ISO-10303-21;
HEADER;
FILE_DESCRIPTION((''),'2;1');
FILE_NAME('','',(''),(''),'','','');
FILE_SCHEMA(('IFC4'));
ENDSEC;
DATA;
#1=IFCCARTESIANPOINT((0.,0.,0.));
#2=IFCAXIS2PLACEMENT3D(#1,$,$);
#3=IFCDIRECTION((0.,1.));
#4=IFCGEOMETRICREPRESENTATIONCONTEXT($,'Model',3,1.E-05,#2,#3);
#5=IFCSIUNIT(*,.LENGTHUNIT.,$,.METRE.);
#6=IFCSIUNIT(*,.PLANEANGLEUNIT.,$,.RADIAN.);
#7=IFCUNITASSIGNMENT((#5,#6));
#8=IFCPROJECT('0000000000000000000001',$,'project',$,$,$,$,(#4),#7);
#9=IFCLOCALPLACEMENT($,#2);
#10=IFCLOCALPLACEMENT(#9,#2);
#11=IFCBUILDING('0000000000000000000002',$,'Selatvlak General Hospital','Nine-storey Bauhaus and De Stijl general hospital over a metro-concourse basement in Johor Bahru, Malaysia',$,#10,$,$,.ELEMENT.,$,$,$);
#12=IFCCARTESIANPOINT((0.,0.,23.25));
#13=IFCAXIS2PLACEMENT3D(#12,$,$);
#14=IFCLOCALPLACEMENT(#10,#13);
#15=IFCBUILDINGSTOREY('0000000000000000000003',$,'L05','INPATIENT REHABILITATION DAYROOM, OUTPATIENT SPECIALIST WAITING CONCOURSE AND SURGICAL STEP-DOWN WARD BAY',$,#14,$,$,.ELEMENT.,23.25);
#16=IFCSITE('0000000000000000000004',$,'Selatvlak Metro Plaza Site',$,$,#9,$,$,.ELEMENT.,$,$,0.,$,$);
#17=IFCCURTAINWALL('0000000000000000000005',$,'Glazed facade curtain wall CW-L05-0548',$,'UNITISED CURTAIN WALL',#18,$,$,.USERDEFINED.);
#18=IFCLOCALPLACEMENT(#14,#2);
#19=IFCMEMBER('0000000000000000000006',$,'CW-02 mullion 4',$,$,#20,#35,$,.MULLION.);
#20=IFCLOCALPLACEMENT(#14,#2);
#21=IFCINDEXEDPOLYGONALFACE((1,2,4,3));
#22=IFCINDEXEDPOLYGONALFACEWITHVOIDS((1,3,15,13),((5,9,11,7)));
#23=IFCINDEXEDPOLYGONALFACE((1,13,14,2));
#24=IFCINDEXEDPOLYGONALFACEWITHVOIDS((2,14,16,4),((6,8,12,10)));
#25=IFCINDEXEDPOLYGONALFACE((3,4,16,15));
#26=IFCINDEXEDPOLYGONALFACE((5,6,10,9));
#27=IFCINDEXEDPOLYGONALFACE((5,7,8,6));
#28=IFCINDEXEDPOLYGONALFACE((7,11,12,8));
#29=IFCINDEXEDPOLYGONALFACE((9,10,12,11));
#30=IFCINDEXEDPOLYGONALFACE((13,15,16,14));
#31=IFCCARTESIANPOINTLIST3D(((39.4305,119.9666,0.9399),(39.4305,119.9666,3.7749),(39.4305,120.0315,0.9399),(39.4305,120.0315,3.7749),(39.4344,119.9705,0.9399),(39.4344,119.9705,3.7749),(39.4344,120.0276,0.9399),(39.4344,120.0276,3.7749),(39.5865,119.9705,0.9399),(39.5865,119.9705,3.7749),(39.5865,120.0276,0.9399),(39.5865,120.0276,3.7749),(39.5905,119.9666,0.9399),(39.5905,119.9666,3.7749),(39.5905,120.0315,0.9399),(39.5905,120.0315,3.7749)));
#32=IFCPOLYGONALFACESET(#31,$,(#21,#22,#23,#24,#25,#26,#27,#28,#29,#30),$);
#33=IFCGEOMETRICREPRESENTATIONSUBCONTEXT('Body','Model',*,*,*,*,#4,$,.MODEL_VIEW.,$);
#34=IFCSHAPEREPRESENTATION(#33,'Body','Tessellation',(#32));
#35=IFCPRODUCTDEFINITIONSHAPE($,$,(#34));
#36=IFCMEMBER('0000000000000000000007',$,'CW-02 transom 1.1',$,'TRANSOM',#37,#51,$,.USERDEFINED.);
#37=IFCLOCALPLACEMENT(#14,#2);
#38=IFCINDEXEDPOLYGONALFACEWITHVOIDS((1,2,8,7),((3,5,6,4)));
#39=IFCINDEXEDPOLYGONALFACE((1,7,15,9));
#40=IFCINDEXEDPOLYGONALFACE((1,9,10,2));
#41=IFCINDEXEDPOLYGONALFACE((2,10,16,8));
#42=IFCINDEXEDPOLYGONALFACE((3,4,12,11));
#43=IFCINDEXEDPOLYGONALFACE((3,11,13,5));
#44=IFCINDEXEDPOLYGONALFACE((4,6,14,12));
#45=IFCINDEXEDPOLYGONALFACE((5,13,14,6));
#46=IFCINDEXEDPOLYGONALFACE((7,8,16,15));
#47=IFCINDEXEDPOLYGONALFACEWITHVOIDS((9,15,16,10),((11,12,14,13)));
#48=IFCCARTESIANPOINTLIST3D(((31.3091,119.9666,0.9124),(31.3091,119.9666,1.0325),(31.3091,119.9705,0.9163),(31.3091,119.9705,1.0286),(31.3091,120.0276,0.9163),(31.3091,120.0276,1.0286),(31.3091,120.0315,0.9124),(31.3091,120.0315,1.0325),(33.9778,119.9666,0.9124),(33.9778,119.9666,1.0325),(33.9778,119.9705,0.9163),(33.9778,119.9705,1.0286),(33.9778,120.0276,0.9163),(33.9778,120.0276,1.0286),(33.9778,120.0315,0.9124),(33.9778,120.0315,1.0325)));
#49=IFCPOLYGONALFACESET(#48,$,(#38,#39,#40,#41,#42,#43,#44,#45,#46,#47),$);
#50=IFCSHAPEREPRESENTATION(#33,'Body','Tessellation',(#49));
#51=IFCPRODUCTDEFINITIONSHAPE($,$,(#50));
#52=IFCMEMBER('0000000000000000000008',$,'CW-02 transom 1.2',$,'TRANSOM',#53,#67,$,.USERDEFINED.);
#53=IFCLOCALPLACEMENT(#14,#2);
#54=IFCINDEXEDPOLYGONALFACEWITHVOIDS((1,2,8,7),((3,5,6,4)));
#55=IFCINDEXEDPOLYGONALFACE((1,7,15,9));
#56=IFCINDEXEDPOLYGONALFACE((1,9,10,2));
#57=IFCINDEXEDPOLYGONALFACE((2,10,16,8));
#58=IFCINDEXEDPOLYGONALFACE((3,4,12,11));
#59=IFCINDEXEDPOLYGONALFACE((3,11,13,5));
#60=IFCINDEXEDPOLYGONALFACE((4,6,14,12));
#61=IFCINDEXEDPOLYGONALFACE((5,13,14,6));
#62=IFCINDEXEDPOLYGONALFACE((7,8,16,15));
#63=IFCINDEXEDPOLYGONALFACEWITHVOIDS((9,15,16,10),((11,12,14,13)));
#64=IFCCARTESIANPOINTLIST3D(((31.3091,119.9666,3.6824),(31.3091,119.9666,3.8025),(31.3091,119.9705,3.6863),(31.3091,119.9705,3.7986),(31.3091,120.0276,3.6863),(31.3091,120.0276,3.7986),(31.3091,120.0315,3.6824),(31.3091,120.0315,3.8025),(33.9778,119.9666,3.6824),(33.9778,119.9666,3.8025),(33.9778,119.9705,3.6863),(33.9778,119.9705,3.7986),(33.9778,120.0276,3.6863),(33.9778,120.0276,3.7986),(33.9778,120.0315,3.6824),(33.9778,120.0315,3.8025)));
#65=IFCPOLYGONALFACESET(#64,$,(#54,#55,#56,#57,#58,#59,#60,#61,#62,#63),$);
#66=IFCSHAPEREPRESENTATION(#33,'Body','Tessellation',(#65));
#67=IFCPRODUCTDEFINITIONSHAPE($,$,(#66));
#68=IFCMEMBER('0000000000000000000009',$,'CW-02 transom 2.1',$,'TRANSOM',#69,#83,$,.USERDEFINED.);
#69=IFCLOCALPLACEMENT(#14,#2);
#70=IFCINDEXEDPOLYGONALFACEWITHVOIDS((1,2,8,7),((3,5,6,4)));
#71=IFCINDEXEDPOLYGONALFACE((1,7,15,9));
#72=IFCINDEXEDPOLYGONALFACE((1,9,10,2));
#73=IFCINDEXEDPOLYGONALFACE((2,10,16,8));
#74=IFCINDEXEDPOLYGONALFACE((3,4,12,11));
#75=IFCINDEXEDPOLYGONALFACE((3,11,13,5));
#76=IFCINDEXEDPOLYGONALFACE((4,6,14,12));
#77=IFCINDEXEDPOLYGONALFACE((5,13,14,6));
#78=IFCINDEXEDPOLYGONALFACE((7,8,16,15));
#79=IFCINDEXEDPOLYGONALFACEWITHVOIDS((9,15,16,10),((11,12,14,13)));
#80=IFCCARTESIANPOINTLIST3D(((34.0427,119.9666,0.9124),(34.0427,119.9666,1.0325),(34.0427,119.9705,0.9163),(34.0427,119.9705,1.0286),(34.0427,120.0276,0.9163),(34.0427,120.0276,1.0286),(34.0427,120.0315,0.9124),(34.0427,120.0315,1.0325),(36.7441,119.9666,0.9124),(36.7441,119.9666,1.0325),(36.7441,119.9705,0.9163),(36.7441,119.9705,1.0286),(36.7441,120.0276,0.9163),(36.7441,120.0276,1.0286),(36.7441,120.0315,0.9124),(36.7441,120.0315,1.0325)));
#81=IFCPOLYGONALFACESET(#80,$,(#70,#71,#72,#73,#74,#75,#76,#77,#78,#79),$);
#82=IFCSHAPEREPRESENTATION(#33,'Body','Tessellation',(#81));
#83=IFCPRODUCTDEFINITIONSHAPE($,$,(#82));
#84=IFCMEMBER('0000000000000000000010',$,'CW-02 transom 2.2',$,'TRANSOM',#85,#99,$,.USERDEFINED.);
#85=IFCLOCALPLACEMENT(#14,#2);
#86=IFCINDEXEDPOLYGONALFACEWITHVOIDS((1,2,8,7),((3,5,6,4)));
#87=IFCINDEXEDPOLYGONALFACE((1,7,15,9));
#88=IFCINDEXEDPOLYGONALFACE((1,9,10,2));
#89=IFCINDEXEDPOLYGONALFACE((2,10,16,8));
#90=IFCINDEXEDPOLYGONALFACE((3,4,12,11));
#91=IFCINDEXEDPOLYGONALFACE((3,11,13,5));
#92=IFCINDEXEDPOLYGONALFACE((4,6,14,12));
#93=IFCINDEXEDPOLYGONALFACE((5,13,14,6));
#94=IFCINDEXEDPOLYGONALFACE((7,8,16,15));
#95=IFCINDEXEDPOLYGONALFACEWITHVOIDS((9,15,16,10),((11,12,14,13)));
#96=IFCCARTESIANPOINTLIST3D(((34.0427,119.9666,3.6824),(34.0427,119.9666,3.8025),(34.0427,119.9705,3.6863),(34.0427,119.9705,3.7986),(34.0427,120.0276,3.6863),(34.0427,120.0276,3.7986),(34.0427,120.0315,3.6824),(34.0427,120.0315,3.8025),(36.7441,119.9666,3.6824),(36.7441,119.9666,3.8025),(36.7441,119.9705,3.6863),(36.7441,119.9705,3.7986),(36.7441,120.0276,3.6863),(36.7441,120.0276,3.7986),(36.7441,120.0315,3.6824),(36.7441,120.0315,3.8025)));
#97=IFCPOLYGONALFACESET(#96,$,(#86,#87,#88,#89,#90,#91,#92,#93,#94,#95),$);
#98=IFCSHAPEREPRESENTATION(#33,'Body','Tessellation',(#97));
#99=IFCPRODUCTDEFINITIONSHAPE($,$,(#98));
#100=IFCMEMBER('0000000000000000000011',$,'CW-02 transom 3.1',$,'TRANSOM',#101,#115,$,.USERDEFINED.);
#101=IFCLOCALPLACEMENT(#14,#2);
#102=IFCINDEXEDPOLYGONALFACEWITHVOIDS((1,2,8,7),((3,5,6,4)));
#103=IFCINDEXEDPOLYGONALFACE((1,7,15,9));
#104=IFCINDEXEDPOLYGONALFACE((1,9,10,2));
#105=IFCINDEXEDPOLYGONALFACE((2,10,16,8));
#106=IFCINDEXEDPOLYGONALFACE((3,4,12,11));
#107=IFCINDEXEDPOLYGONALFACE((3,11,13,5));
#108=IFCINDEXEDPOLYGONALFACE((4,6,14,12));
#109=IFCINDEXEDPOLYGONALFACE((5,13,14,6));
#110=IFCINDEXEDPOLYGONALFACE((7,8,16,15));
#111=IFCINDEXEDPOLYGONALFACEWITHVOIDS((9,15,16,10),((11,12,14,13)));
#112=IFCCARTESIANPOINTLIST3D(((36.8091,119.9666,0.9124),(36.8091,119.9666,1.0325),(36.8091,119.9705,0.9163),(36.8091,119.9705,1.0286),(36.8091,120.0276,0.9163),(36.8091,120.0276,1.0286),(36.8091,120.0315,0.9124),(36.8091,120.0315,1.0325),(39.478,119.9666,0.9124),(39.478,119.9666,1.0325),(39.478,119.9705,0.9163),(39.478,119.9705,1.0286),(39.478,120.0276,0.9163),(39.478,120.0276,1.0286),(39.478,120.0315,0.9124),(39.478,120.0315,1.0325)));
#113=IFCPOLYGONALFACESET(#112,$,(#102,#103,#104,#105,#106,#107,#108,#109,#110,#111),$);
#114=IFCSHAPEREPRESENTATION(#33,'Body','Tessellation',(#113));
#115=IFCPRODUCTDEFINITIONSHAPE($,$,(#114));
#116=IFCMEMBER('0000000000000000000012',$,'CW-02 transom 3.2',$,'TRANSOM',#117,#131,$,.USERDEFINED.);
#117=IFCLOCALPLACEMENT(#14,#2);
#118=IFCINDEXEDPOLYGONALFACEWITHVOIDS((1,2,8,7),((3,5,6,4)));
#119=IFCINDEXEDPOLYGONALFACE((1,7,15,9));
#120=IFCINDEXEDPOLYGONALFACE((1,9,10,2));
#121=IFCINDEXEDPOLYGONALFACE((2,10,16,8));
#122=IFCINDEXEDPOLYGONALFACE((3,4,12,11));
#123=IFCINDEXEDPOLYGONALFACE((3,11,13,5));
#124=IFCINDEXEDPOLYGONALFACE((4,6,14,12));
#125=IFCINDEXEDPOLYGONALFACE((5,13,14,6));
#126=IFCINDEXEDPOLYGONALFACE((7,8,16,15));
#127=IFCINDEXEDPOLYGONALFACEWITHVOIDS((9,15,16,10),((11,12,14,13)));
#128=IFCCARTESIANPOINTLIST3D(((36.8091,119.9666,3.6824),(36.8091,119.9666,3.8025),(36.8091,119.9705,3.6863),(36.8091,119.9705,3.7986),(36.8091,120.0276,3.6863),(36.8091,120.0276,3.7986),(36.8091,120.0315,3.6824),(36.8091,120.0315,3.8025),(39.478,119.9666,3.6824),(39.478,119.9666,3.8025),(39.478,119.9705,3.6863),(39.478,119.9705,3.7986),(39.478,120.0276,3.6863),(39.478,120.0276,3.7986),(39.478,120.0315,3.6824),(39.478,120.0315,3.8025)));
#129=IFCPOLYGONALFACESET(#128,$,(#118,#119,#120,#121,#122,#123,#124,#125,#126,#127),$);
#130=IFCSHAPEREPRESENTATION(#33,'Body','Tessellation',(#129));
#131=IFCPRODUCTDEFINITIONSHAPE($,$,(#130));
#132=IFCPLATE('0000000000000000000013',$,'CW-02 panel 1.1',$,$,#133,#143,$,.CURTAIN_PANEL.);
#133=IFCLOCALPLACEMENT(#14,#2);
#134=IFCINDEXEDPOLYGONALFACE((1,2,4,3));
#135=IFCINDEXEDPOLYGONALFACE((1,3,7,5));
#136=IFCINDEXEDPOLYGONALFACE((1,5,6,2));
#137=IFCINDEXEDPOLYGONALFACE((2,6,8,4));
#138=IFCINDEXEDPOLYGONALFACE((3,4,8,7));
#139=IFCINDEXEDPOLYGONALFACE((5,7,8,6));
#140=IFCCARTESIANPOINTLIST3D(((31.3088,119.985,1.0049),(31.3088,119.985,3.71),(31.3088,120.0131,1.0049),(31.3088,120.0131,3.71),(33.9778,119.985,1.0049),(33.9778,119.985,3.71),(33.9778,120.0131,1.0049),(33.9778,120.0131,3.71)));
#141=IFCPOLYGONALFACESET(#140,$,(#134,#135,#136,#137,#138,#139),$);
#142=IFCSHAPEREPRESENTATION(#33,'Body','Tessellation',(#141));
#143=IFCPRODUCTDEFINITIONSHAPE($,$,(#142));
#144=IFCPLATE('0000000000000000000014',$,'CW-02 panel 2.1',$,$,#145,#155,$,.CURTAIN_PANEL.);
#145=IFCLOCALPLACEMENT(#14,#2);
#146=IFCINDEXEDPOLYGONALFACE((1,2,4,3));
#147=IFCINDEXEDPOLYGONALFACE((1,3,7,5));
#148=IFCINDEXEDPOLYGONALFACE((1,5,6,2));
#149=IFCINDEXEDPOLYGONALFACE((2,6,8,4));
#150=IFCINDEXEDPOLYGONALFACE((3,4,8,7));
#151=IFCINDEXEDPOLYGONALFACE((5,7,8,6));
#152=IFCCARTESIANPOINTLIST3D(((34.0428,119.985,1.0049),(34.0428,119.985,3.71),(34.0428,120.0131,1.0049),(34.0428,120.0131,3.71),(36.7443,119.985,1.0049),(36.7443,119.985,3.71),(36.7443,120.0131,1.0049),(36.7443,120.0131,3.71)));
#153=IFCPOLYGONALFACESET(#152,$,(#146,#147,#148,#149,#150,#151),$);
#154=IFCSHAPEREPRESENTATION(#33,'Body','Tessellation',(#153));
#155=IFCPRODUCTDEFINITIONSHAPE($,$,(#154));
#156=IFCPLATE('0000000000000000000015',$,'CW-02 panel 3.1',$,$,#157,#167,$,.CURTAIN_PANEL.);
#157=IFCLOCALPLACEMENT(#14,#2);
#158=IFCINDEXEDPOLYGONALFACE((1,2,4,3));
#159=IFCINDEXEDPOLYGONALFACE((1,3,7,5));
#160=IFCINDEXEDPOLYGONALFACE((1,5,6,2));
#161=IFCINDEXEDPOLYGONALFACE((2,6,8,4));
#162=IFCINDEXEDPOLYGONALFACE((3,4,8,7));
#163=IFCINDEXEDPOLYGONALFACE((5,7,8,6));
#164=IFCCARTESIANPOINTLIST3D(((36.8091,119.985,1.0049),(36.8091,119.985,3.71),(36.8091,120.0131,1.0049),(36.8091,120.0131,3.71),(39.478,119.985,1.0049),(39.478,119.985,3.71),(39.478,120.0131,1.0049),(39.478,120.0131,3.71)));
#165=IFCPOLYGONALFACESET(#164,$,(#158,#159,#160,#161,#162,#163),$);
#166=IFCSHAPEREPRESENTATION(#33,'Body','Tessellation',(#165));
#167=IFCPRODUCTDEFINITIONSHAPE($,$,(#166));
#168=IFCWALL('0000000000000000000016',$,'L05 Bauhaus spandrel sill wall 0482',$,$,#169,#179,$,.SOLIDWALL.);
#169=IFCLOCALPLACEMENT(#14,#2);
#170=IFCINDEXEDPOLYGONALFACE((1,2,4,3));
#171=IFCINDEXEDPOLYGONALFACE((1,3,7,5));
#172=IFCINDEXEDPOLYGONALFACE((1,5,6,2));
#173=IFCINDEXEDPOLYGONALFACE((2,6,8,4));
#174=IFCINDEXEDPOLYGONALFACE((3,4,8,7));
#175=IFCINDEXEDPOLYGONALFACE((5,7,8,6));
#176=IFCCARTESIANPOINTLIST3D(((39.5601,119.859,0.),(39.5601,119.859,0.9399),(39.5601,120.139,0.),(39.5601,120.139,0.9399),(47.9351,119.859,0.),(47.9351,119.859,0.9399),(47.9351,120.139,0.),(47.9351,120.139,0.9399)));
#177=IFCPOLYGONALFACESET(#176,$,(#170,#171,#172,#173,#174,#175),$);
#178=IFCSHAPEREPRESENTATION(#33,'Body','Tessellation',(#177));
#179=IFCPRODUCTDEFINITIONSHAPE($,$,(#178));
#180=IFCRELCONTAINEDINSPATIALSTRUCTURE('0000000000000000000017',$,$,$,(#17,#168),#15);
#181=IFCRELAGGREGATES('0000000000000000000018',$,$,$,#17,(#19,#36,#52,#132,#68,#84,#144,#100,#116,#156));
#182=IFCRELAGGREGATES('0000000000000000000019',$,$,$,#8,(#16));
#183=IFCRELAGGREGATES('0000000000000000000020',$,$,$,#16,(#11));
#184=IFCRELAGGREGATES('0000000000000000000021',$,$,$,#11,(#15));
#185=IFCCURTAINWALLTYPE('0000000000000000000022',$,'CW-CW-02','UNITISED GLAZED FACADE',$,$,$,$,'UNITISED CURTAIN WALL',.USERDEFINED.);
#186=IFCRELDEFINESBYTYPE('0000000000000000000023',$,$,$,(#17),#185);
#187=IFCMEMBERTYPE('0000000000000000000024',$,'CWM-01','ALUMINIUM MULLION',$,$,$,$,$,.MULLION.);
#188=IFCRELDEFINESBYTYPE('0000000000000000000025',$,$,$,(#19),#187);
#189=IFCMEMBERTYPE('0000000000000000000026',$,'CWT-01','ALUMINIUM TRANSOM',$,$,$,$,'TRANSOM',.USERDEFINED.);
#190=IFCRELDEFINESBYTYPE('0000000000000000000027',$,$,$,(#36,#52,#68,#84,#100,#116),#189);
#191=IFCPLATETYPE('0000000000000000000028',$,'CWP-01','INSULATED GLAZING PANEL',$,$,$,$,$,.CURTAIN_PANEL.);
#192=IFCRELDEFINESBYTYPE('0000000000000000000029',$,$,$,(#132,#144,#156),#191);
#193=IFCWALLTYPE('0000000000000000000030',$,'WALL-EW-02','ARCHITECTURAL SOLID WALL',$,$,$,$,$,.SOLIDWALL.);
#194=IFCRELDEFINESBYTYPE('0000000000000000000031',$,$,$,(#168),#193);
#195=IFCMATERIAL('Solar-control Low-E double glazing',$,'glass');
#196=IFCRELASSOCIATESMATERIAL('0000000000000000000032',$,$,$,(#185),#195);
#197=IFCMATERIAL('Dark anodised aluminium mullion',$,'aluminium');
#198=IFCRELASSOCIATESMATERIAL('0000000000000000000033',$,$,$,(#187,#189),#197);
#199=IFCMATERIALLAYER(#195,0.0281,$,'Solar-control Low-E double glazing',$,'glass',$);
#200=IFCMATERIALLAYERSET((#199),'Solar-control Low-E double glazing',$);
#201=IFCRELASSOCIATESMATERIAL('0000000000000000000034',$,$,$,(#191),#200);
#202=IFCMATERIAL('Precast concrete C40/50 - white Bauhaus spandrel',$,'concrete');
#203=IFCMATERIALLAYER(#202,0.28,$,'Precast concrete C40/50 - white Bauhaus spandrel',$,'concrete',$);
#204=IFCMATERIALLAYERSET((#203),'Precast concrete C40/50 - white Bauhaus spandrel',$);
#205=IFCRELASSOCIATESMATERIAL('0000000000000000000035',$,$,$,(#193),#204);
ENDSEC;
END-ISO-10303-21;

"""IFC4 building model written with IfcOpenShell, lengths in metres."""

from ifc_helpers import new_model, si_unit, direction, frame, frame_2d, origin, origin_2d, place, context, subcontext, project, spatial, rectangle, hollow_rectangle, extrude, material, layer, layer_set, material_profile, profile_set, type_object, element, aggregate, save


model = new_model("IFC4")

# Units and contexts
model_context = context("Model", 3, precision=1e-05, world=origin(), true_north=direction((0.0, 1.0)))
body_context = subcontext(model_context, "Body", "Model", "MODEL_VIEW")
ifc_project = project(units=[si_unit("LENGTHUNIT", "METRE"), si_unit("PLANEANGLEUNIT", "RADIAN")], contexts=[model_context])

# Site, building, storey
site_placement = place(None, origin())
site = spatial("IfcSite", under=ifc_project, at=site_placement, Name="Selatvlak Metro Plaza Site", CompositionType="ELEMENT", RefElevation=0.0)
building_placement = place(site_placement, origin())
building = spatial("IfcBuilding", under=site, at=building_placement, Name="Selatvlak General Hospital", Description="Nine-storey Bauhaus and De Stijl general hospital over a metro-concourse basement in Johor Bahru, Malaysia", CompositionType="ELEMENT")
storey_placement = place(building_placement, frame((0.0, 0.0, 23.25)))
storey = spatial("IfcBuildingStorey", under=building, at=storey_placement, Name="L05", Description="INPATIENT REHABILITATION DAYROOM, OUTPATIENT SPECIALIST WAITING CONCOURSE AND SURGICAL STEP-DOWN WARD BAY", CompositionType="ELEMENT", Elevation=23.25)

# Curtain wall, members, plates
ifc_material_1 = material(Name="Solar-control Low-E double glazing", Category="glass")
curtain_wall_type = type_object("IfcCurtainWallType", Name="CW-CW-02", Description="UNITISED GLAZED FACADE", ElementType="UNITISED CURTAIN WALL", PredefinedType="USERDEFINED", material=ifc_material_1)
curtain_wall_placement = place(storey_placement, origin())
curtain_wall = element("IfcCurtainWall", 1, at=curtain_wall_placement, inside=storey, type_object=curtain_wall_type, Name="Glazed facade curtain wall CW-L05-0548", ObjectType="UNITISED CURTAIN WALL", PredefinedType="USERDEFINED")
ifc_material_2 = material(Name="Dark anodised aluminium mullion", Category="aluminium")
ifc_material_profile_1 = material_profile(ifc_material_2, hollow_rectangle(XDim=0.0649, YDim=0.1599, WallThickness=0.0039, at=origin_2d()), Name="AL-MUL 65x160x4")
ifc_profile_set_1 = profile_set([ifc_material_profile_1], Name="Dark anodised aluminium mullion")
member_type_1 = type_object("IfcMemberType", Name="CWM-01", Description="ALUMINIUM MULLION", PredefinedType="MULLION", material=ifc_profile_set_1)
member_1_placement = place(storey_placement, frame((39.5105, 119.999, 0.9399), z_axis=(0.0, 0.0, 1.0), x_axis=(0.0, 1.0, 0.0)))
member_1 = element("IfcMember", 2, at=member_1_placement, type_object=member_type_1, Name="CW-02 mullion 4", PredefinedType="MULLION", context=body_context, shape_type="SweptSolid", body=[
    extrude(hollow_rectangle(XDim=0.0649, YDim=0.1599, WallThickness=0.0039, at=origin_2d()), origin(), (0.0, 0.0, 1.0), 2.835),
])
ifc_material_profile_2 = material_profile(ifc_material_2, hollow_rectangle(XDim=0.0649, YDim=0.1201, WallThickness=0.0039, at=origin_2d()), Name="AL-TRN 65x120x4")
ifc_profile_set_2 = profile_set([ifc_material_profile_2], Name="Dark anodised aluminium mullion")
member_type_2 = type_object("IfcMemberType", Name="CWT-01", Description="ALUMINIUM TRANSOM", ElementType="TRANSOM", PredefinedType="USERDEFINED", material=ifc_profile_set_2)
member_2_placement = place(storey_placement, frame((31.3091, 119.999, 0.9724), z_axis=(1.0, 0.0, 0.0), x_axis=(0.0, 1.0, 0.0)))
member_2 = element("IfcMember", 3, at=member_2_placement, type_object=member_type_2, Name="CW-02 transom 1.1", ObjectType="TRANSOM", PredefinedType="USERDEFINED", context=body_context, shape_type="SweptSolid", body=[
    extrude(hollow_rectangle(XDim=0.0649, YDim=0.1201, WallThickness=0.0039, at=origin_2d()), origin(), (0.0, 0.0, 1.0), 2.6687),
])
member_3_placement = place(storey_placement, frame((31.3091, 119.999, 3.7424), z_axis=(1.0, 0.0, 0.0), x_axis=(0.0, 1.0, 0.0)))
member_3 = element("IfcMember", 4, at=member_3_placement, type_object=member_type_2, Name="CW-02 transom 1.2", ObjectType="TRANSOM", PredefinedType="USERDEFINED", context=body_context, shape_type="SweptSolid", body=[
    extrude(hollow_rectangle(XDim=0.0649, YDim=0.1201, WallThickness=0.0039, at=origin_2d()), origin(), (0.0, 0.0, 1.0), 2.6687),
])
member_4_placement = place(storey_placement, frame((34.0427, 119.999, 0.9724), z_axis=(1.0, 0.0, 0.0), x_axis=(0.0, 1.0, 0.0)))
member_4 = element("IfcMember", 5, at=member_4_placement, type_object=member_type_2, Name="CW-02 transom 2.1", ObjectType="TRANSOM", PredefinedType="USERDEFINED", context=body_context, shape_type="SweptSolid", body=[
    extrude(hollow_rectangle(XDim=0.0649, YDim=0.1201, WallThickness=0.0039, at=origin_2d()), origin(), (0.0, 0.0, 1.0), 2.7014),
])
member_5_placement = place(storey_placement, frame((34.0427, 119.999, 3.7424), z_axis=(1.0, 0.0, 0.0), x_axis=(0.0, 1.0, 0.0)))
member_5 = element("IfcMember", 6, at=member_5_placement, type_object=member_type_2, Name="CW-02 transom 2.2", ObjectType="TRANSOM", PredefinedType="USERDEFINED", context=body_context, shape_type="SweptSolid", body=[
    extrude(hollow_rectangle(XDim=0.0649, YDim=0.1201, WallThickness=0.0039, at=origin_2d()), origin(), (0.0, 0.0, 1.0), 2.7014),
])
member_6_placement = place(storey_placement, frame((36.8091, 119.999, 0.9724), z_axis=(1.0, 0.0, 0.0), x_axis=(0.0, 1.0, 0.0)))
member_6 = element("IfcMember", 7, at=member_6_placement, type_object=member_type_2, Name="CW-02 transom 3.1", ObjectType="TRANSOM", PredefinedType="USERDEFINED", context=body_context, shape_type="SweptSolid", body=[
    extrude(hollow_rectangle(XDim=0.0649, YDim=0.1201, WallThickness=0.0039, at=origin_2d()), origin(), (0.0, 0.0, 1.0), 2.6689),
])
member_7_placement = place(storey_placement, frame((36.8091, 119.999, 3.7424), z_axis=(1.0, 0.0, 0.0), x_axis=(0.0, 1.0, 0.0)))
member_7 = element("IfcMember", 8, at=member_7_placement, type_object=member_type_2, Name="CW-02 transom 3.2", ObjectType="TRANSOM", PredefinedType="USERDEFINED", context=body_context, shape_type="SweptSolid", body=[
    extrude(hollow_rectangle(XDim=0.0649, YDim=0.1201, WallThickness=0.0039, at=origin_2d()), origin(), (0.0, 0.0, 1.0), 2.6689),
])
ifc_layer_1 = layer(ifc_material_1, 0.0281, Name="Solar-control Low-E double glazing", Category="glass")
ifc_layer_set_1 = layer_set([ifc_layer_1], Name="Solar-control Low-E double glazing")
plate_type = type_object("IfcPlateType", Name="CWP-01", Description="INSULATED GLAZING PANEL", PredefinedType="CURTAIN_PANEL", material=ifc_layer_set_1)
plate_1_placement = place(storey_placement, frame((32.6433, 119.999, 1.0049), z_axis=(0.0, 0.0, 1.0), x_axis=(1.0, 0.0, 0.0)))
plate_1 = element("IfcPlate", 9, at=plate_1_placement, type_object=plate_type, Name="CW-02 panel 1.1", PredefinedType="CURTAIN_PANEL", context=body_context, shape_type="SweptSolid", body=[
    extrude(rectangle(XDim=2.6689, YDim=0.0281, at=origin_2d()), origin(), (0.0, 0.0, 1.0), 2.7051),
])
plate_2_placement = place(storey_placement, frame((35.3936, 119.999, 1.0049), z_axis=(0.0, 0.0, 1.0), x_axis=(1.0, 0.0, 0.0)))
plate_2 = element("IfcPlate", 10, at=plate_2_placement, type_object=plate_type, Name="CW-02 panel 2.1", PredefinedType="CURTAIN_PANEL", context=body_context, shape_type="SweptSolid", body=[
    extrude(rectangle(XDim=2.7014, YDim=0.0281, at=origin_2d()), origin(), (0.0, 0.0, 1.0), 2.7051),
])
plate_3_placement = place(storey_placement, frame((38.1436, 119.999, 1.0049), z_axis=(0.0, 0.0, 1.0), x_axis=(1.0, 0.0, 0.0)))
plate_3 = element("IfcPlate", 11, at=plate_3_placement, type_object=plate_type, Name="CW-02 panel 3.1", PredefinedType="CURTAIN_PANEL", context=body_context, shape_type="SweptSolid", body=[
    extrude(rectangle(XDim=2.6689, YDim=0.0281, at=origin_2d()), origin(), (0.0, 0.0, 1.0), 2.7051),
])
aggregate(curtain_wall, [member_1, member_2, member_3, plate_1, member_4, member_5, plate_2, member_6, member_7, plate_3])

# Wall
ifc_material_3 = material(Name="Precast concrete C40/50 - white Bauhaus spandrel", Category="concrete")
ifc_layer_2 = layer(ifc_material_3, 0.28, Name="Precast concrete C40/50 - white Bauhaus spandrel", Category="concrete")
ifc_layer_set_2 = layer_set([ifc_layer_2], Name="Precast concrete C40/50 - white Bauhaus spandrel")
wall_type_1 = type_object("IfcWallType", Name="WALL-EW-02", Description="ARCHITECTURAL SOLID WALL", PredefinedType="SOLIDWALL", material=ifc_layer_set_2)
wall_1_placement = place(storey_placement, frame((39.5601, 119.999, 0.0), z_axis=(0.0, 0.0, 1.0), x_axis=(1.0, 0.0, 0.0)))
element("IfcWall", 12, at=wall_1_placement, inside=storey, type_object=wall_type_1, Name="L05 Bauhaus spandrel sill wall 0482", PredefinedType="SOLIDWALL", context=body_context, shape_type="SweptSolid", body=[
    extrude(rectangle(XDim=8.375, YDim=0.28, at=frame_2d((4.1875, 0.0))), origin(), (0.0, 0.0, 1.0), 0.9399),
])

save(model, "model.ifc")
